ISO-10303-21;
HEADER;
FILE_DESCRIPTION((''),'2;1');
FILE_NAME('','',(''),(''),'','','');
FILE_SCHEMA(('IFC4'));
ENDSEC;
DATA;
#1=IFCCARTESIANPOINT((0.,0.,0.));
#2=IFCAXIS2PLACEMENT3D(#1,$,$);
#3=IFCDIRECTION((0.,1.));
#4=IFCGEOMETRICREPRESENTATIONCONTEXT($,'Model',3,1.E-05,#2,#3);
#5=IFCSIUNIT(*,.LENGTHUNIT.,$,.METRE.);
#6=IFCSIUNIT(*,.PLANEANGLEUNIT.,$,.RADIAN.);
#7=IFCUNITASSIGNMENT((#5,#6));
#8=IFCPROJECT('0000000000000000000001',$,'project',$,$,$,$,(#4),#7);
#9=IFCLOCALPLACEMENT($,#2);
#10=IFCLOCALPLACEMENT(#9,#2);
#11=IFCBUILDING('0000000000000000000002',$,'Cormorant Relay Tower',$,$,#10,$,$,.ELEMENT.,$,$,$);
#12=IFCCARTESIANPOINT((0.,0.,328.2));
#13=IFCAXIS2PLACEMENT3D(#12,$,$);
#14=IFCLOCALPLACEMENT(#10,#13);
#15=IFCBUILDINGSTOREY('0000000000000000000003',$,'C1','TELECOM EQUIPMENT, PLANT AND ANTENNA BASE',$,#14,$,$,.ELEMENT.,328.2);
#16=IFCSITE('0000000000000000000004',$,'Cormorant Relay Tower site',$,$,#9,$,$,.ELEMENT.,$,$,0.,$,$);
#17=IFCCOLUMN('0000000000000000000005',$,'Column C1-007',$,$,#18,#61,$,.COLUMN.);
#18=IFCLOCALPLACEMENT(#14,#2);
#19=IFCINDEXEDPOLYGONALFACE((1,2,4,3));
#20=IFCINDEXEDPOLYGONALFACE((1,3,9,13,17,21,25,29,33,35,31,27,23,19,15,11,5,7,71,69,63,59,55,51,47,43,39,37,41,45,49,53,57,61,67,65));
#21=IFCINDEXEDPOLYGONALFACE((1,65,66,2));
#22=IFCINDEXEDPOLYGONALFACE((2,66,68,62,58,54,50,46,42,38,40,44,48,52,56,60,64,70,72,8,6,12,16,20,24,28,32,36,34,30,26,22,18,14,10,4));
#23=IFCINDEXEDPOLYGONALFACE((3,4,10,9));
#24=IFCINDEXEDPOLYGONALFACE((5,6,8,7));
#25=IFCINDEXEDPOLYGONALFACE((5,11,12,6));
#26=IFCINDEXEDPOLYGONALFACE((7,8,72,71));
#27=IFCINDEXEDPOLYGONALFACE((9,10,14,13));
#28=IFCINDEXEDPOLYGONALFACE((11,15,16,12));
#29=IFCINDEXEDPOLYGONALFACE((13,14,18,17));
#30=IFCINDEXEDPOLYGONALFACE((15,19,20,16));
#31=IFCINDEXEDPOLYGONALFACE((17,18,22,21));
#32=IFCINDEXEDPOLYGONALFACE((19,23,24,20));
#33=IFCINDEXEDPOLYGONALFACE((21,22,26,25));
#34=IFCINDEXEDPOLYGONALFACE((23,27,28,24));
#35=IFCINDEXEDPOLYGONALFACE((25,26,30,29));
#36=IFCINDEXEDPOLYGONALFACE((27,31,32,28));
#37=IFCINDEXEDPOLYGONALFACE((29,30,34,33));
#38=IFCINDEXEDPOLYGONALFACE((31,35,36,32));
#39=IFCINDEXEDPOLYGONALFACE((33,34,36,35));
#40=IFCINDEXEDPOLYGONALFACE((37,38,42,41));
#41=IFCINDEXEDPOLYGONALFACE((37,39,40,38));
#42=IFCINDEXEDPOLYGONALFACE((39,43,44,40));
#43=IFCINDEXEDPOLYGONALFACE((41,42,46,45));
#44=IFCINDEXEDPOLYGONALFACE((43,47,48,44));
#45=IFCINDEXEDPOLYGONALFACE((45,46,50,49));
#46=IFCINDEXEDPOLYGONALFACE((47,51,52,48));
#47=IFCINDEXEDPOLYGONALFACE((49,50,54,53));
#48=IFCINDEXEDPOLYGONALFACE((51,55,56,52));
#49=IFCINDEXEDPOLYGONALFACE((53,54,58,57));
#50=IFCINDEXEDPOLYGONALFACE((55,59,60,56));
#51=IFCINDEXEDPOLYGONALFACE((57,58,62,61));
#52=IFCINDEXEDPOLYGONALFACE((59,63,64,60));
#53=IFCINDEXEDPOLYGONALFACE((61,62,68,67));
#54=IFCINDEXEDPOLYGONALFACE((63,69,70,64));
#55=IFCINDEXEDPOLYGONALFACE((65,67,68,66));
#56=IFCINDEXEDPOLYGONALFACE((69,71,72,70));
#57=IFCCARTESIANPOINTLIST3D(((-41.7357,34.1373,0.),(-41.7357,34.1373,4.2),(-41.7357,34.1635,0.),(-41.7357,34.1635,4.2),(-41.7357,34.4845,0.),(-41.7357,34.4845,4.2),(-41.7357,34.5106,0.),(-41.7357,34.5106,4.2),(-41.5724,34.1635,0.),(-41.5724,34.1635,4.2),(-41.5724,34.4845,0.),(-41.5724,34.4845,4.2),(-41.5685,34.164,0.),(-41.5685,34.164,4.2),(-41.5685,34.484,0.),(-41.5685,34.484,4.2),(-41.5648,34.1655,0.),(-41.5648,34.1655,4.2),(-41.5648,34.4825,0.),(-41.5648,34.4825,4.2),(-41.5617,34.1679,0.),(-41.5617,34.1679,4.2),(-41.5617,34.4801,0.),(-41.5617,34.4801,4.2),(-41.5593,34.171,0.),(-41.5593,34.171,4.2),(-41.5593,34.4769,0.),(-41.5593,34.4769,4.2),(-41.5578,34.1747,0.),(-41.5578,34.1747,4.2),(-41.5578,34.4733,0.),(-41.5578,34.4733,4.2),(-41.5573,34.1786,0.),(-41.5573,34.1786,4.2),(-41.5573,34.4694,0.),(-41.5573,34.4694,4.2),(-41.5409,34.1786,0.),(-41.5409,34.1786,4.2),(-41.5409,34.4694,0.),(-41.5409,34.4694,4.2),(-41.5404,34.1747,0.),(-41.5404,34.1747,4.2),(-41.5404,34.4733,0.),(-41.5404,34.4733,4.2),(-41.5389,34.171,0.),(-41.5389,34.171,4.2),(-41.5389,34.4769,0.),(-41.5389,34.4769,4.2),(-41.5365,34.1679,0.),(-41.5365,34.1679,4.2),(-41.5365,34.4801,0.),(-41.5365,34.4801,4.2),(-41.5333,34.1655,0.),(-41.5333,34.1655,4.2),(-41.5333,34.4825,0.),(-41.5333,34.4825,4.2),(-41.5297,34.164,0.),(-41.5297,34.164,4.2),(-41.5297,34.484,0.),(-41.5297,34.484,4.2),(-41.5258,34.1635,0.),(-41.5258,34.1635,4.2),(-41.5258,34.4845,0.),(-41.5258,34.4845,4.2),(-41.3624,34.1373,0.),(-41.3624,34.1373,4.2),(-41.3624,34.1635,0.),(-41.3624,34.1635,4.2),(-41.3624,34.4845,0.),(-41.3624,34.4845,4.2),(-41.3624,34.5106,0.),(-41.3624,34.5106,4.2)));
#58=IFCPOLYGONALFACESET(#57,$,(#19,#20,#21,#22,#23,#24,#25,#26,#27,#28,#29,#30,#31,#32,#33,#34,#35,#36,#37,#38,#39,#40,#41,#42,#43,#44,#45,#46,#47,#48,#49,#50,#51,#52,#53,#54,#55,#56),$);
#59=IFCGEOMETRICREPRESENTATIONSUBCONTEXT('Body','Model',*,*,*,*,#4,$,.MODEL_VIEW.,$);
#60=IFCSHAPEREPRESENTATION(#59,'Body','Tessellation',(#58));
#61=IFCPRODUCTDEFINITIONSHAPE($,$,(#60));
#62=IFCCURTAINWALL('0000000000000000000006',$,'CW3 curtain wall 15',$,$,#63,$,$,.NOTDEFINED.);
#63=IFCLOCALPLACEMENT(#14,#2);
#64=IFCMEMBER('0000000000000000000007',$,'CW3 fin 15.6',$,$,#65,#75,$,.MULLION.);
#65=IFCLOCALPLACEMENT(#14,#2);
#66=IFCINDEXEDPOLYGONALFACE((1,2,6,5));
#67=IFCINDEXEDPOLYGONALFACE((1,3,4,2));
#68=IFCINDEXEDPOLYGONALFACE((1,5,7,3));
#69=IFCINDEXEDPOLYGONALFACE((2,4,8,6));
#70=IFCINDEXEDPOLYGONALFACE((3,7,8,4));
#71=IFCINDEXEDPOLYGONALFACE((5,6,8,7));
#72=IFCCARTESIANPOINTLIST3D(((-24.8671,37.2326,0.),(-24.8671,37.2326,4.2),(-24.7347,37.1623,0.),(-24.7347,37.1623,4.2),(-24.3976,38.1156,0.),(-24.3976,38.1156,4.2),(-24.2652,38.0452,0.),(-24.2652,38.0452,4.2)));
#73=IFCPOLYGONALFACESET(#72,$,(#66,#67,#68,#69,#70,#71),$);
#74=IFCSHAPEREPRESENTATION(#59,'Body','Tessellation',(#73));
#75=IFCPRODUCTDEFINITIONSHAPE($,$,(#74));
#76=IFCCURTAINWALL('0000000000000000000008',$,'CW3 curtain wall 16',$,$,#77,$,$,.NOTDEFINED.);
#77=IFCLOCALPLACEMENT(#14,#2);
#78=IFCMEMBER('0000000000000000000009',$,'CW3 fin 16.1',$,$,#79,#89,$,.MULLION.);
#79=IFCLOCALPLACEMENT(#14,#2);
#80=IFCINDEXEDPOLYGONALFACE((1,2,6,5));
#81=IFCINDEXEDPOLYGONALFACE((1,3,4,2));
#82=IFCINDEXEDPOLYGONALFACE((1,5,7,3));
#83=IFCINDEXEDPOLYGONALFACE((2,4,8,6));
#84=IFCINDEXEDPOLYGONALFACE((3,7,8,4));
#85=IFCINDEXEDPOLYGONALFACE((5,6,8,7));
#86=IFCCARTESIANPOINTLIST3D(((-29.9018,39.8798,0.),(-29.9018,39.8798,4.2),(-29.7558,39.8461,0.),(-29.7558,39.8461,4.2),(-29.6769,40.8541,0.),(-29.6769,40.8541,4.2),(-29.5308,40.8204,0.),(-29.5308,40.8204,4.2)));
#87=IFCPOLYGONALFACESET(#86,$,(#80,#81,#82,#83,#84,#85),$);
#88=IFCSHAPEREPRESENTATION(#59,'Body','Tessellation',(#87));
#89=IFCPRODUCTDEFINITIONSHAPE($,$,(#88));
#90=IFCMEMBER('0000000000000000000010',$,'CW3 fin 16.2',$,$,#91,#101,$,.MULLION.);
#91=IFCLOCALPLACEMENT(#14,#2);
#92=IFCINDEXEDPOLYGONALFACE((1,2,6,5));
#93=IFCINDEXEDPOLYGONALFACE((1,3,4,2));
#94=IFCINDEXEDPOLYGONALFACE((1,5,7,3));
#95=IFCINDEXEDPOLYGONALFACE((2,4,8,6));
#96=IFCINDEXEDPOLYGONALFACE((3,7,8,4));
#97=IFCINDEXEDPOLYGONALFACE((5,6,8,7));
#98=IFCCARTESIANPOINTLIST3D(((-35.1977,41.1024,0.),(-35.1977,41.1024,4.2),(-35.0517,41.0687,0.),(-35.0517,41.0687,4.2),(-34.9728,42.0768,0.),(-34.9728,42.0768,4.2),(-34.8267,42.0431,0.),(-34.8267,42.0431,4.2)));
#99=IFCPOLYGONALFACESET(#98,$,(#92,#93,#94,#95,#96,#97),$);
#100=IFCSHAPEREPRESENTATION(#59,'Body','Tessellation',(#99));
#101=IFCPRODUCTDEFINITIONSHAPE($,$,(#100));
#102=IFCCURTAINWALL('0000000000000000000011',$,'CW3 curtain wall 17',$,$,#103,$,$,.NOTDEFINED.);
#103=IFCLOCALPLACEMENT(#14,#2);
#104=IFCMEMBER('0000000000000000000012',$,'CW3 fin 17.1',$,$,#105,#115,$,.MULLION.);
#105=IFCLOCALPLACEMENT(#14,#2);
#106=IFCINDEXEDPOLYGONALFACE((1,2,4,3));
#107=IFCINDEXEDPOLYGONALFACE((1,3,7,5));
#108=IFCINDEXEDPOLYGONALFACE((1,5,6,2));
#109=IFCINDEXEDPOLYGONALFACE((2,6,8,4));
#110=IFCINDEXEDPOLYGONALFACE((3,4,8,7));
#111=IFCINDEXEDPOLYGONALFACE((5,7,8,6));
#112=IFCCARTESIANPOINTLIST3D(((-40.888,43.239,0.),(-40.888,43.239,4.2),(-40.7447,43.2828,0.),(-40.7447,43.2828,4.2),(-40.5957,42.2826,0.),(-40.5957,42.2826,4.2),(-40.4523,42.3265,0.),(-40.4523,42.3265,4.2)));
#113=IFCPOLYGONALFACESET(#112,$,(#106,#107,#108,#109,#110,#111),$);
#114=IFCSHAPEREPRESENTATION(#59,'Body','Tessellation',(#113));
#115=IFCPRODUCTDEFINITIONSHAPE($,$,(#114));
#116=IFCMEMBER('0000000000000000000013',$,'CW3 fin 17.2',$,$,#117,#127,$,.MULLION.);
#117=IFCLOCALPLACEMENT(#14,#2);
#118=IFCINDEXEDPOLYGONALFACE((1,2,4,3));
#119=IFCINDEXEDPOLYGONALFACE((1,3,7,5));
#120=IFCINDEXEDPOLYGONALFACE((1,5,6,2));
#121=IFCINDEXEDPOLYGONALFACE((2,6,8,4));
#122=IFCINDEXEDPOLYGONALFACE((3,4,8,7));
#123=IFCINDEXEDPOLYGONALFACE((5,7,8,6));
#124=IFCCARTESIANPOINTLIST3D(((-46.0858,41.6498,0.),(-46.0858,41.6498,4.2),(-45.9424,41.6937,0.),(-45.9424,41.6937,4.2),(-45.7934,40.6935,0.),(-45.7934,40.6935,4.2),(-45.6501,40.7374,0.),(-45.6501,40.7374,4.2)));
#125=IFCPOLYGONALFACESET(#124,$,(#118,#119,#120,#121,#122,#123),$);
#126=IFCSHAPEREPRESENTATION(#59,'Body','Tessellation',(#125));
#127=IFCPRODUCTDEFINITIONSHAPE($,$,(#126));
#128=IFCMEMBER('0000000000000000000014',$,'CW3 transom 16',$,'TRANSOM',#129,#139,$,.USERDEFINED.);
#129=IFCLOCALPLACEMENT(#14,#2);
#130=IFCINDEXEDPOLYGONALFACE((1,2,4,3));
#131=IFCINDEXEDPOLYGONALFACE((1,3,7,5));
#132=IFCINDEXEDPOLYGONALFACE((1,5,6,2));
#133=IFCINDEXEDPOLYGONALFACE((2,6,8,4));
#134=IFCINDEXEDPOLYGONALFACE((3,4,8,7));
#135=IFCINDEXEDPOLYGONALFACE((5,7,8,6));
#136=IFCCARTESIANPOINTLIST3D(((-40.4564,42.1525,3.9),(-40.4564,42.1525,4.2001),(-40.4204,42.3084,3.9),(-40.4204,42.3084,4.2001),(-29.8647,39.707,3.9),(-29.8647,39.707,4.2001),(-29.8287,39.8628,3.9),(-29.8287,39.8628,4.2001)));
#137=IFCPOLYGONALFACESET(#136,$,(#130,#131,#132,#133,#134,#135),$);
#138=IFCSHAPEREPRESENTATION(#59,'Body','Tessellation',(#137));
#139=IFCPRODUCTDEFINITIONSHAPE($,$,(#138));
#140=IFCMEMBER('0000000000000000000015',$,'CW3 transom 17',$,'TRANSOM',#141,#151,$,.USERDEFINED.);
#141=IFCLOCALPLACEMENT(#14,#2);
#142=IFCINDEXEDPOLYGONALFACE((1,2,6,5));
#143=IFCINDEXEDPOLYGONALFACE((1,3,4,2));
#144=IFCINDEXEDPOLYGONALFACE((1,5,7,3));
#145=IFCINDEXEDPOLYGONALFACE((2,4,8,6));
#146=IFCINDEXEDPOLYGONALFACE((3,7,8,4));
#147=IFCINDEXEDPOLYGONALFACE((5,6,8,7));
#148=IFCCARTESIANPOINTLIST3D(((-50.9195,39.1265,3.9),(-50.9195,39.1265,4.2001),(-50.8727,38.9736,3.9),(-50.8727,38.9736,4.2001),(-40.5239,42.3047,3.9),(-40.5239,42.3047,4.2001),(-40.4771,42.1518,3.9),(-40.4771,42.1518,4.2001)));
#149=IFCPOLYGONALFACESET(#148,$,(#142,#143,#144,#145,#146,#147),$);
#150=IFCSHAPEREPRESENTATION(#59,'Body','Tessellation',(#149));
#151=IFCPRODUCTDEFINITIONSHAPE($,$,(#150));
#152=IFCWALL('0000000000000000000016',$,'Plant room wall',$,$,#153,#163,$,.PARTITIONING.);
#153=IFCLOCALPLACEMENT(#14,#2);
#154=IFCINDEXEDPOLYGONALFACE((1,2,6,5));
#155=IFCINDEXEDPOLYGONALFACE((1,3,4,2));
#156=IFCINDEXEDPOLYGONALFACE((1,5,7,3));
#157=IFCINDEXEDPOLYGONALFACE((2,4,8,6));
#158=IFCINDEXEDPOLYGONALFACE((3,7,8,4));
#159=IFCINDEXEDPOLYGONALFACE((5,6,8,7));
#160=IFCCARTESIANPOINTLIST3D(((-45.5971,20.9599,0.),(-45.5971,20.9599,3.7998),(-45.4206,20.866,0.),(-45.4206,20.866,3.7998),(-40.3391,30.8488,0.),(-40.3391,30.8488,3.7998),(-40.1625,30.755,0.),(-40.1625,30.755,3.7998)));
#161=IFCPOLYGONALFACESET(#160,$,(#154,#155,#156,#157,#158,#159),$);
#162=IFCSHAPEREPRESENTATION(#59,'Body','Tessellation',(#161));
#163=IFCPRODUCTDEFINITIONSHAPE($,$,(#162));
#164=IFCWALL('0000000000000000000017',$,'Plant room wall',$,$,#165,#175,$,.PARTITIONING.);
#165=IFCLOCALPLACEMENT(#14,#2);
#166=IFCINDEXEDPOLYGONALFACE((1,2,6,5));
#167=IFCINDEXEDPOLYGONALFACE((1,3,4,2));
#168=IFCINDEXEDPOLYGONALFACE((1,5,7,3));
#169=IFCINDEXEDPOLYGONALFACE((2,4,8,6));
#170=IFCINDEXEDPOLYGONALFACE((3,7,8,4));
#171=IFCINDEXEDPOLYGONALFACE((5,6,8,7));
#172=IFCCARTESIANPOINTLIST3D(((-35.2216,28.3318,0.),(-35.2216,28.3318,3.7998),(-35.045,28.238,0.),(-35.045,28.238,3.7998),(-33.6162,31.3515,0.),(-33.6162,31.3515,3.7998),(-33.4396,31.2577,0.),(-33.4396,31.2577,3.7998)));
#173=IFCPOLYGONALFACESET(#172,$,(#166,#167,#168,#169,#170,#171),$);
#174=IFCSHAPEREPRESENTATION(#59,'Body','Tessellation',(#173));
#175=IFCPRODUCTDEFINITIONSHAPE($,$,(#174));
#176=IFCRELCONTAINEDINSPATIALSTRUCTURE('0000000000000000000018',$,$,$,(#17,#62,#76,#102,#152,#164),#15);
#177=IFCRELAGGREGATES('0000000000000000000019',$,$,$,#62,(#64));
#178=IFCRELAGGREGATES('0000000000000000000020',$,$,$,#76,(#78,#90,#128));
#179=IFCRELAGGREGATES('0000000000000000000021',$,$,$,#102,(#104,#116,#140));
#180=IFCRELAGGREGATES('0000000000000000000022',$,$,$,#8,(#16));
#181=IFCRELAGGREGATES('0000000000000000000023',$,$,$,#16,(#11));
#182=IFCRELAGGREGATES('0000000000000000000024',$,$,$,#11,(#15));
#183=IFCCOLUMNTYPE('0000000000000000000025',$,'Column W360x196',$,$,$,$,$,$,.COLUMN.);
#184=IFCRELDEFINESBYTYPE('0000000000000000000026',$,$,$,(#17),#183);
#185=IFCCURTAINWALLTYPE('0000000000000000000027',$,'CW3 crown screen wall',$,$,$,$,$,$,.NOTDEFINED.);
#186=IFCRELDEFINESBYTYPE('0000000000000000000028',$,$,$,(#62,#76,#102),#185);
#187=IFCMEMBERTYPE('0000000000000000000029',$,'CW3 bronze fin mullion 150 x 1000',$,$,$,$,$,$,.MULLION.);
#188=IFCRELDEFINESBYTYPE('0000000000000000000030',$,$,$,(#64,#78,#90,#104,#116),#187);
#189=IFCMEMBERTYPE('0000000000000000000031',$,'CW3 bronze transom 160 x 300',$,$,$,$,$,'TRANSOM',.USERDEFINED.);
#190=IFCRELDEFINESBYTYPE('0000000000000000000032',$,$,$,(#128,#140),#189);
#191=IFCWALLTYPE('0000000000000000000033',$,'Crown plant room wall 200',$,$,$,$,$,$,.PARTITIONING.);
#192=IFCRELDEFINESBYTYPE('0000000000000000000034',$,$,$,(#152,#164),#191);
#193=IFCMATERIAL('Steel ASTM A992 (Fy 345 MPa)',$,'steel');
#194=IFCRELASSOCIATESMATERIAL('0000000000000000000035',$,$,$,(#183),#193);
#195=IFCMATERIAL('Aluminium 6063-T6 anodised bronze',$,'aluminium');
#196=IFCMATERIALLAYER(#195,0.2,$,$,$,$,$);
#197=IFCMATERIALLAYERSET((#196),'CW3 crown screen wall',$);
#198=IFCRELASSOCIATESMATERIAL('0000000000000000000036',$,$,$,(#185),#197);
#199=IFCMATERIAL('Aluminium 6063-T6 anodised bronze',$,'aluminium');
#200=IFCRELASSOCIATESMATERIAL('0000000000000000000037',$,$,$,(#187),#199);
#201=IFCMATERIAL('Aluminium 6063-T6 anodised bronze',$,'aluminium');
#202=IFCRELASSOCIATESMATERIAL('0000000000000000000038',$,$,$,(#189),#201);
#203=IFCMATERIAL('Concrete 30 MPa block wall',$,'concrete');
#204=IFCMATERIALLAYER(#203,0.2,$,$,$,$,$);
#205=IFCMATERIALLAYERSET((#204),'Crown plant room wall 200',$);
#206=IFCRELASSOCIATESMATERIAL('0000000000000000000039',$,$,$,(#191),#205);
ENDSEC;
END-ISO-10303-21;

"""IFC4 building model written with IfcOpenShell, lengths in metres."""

from ifc_helpers import new_model, si_unit, direction, frame, frame_2d, origin, origin_2d, place, context, subcontext, project, spatial, rectangle, i_section, extrude, material, layer, layer_set, material_profile, profile_set, type_object, element, aggregate, save


model = new_model("IFC4")

# Units and contexts
model_context = context("Model", 3, precision=1e-05, world=origin(), true_north=direction((0.0, 1.0)))
body_context = subcontext(model_context, "Body", "Model", "MODEL_VIEW")
ifc_project = project(units=[si_unit("LENGTHUNIT", "METRE"), si_unit("PLANEANGLEUNIT", "RADIAN")], contexts=[model_context])

# Site, building, storey
site_placement = place(None, origin())
site = spatial("IfcSite", under=ifc_project, at=site_placement, Name="Cormorant Relay Tower site", CompositionType="ELEMENT", RefElevation=0.0)
building_placement = place(site_placement, origin())
building = spatial("IfcBuilding", under=site, at=building_placement, Name="Cormorant Relay Tower", CompositionType="ELEMENT")
storey_placement = place(building_placement, frame((0.0, 0.0, 328.2)))
storey = spatial("IfcBuildingStorey", under=building, at=storey_placement, Name="C1", Description="TELECOM EQUIPMENT, PLANT AND ANTENNA BASE", CompositionType="ELEMENT", Elevation=328.2)

# Column
ifc_material_1 = material(Name="Steel ASTM A992 (Fy 345 MPa)", Category="steel")
ifc_material_profile_1 = material_profile(ifc_material_1, i_section(OverallWidth=0.3733, OverallDepth=0.3733, WebThickness=0.0164, FlangeThickness=0.0261, FilletRadius=0.0151, at=origin_2d()), Name="W360x196")
ifc_profile_set_1 = profile_set([ifc_material_profile_1], Name="Steel ASTM A992 (Fy 345 MPa)")
column_type = type_object("IfcColumnType", Name="Column W360x196", PredefinedType="COLUMN", material=ifc_profile_set_1)
column_placement = place(storey_placement, frame((-41.5491, 34.324, 0.0), z_axis=(0.0, 0.0, 1.0), x_axis=(1.0, 0.0, 0.0)))
element("IfcColumn", 1, at=column_placement, inside=storey, type_object=column_type, Name="Column C1-007", PredefinedType="COLUMN", context=body_context, shape_type="SweptSolid", body=[
    extrude(i_section(OverallWidth=0.3733, OverallDepth=0.3733, WebThickness=0.0164, FlangeThickness=0.0261, FilletRadius=0.0151, at=origin_2d()), origin(), (0.0, 0.0, 1.0), 4.2),
])

# Curtain wall, member
ifc_material_2 = material(Name="Aluminium 6063-T6 anodised bronze", Category="aluminium")
ifc_layer_1 = layer(ifc_material_2, 0.2)
ifc_layer_set_1 = layer_set([ifc_layer_1], Name="CW3 crown screen wall")
curtain_wall_type = type_object("IfcCurtainWallType", Name="CW3 crown screen wall", PredefinedType="NOTDEFINED", material=ifc_layer_set_1)
curtain_wall_1_placement = place(storey_placement, origin())
curtain_wall_1 = element("IfcCurtainWall", 2, at=curtain_wall_1_placement, inside=storey, type_object=curtain_wall_type, Name="CW3 curtain wall 15", PredefinedType="NOTDEFINED")
ifc_material_3 = material(Name="Aluminium 6063-T6 anodised bronze", Category="aluminium")
ifc_material_profile_2 = material_profile(ifc_material_3, rectangle(XDim=0.1499, YDim=1.0, at=origin_2d()), Name="AL 150x1000")
ifc_profile_set_2 = profile_set([ifc_material_profile_2], Name="Aluminium 6063-T6 anodised bronze")
member_type_1 = type_object("IfcMemberType", Name="CW3 bronze fin mullion 150 x 1000", PredefinedType="MULLION", material=ifc_profile_set_2)
member_1_placement = place(storey_placement, frame((-24.5662, 37.6389, 0.0), z_axis=(0.0, 0.0, 1.0), x_axis=(-0.882948, 0.469472, 0.0)))
member_1 = element("IfcMember", 3, at=member_1_placement, type_object=member_type_1, Name="CW3 fin 15.6", PredefinedType="MULLION", context=body_context, shape_type="SweptSolid", body=[
    extrude(rectangle(XDim=0.1499, YDim=1.0, at=origin_2d()), origin(), (0.0, 0.0, 1.0), 4.2),
])

# Curtain walls, members
curtain_wall_2_placement = place(storey_placement, origin())
curtain_wall_2 = element("IfcCurtainWall", 4, at=curtain_wall_2_placement, inside=storey, type_object=curtain_wall_type, Name="CW3 curtain wall 16", PredefinedType="NOTDEFINED")
member_2_placement = place(storey_placement, frame((-29.7163, 40.3501, 0.0), z_axis=(0.0, 0.0, 1.0), x_axis=(-0.97437, 0.224951, 0.0)))
member_2 = element("IfcMember", 5, at=member_2_placement, type_object=member_type_1, Name="CW3 fin 16.1", PredefinedType="MULLION", context=body_context, shape_type="SweptSolid", body=[
    extrude(rectangle(XDim=0.1499, YDim=1.0, at=origin_2d()), origin(), (0.0, 0.0, 1.0), 4.2),
])
member_3_placement = place(storey_placement, frame((-35.0122, 41.5728, 0.0), z_axis=(0.0, 0.0, 1.0), x_axis=(-0.97437, 0.224951, 0.0)))
member_3 = element("IfcMember", 6, at=member_3_placement, type_object=member_type_1, Name="CW3 fin 16.2", PredefinedType="MULLION", context=body_context, shape_type="SweptSolid", body=[
    extrude(rectangle(XDim=0.1499, YDim=1.0, at=origin_2d()), origin(), (0.0, 0.0, 1.0), 4.2),
])
curtain_wall_3_placement = place(storey_placement, origin())
curtain_wall_3 = element("IfcCurtainWall", 7, at=curtain_wall_3_placement, inside=storey, type_object=curtain_wall_type, Name="CW3 curtain wall 17", PredefinedType="NOTDEFINED")
member_4_placement = place(storey_placement, frame((-40.6702, 42.7827, 0.0), z_axis=(0.0, 0.0, 1.0), x_axis=(-0.956305, -0.292372, 0.0)))
member_4 = element("IfcMember", 8, at=member_4_placement, type_object=member_type_1, Name="CW3 fin 17.1", PredefinedType="MULLION", context=body_context, shape_type="SweptSolid", body=[
    extrude(rectangle(XDim=0.1499, YDim=1.0, at=origin_2d()), origin(), (0.0, 0.0, 1.0), 4.2),
])
member_5_placement = place(storey_placement, frame((-45.8679, 41.1936, 0.0), z_axis=(0.0, 0.0, 1.0), x_axis=(-0.956305, -0.292372, 0.0)))
member_5 = element("IfcMember", 9, at=member_5_placement, type_object=member_type_1, Name="CW3 fin 17.2", PredefinedType="MULLION", context=body_context, shape_type="SweptSolid", body=[
    extrude(rectangle(XDim=0.1499, YDim=1.0, at=origin_2d()), origin(), (0.0, 0.0, 1.0), 4.2),
])

# Members
ifc_material_4 = material(Name="Aluminium 6063-T6 anodised bronze", Category="aluminium")
ifc_material_profile_3 = material_profile(ifc_material_4, rectangle(XDim=0.1599, YDim=0.3, at=origin_2d()), Name="AL 160x300")
ifc_profile_set_3 = profile_set([ifc_material_profile_3], Name="Aluminium 6063-T6 anodised bronze")
member_type_2 = type_object("IfcMemberType", Name="CW3 bronze transom 160 x 300", ElementType="TRANSOM", PredefinedType="USERDEFINED", material=ifc_profile_set_3)
member_6_placement = place(storey_placement, frame((-29.8467, 39.7849, 4.05), z_axis=(-0.974365, 0.224973, 0.0), x_axis=(-0.224973, -0.974365, 0.0)))
member_6 = element("IfcMember", 10, at=member_6_placement, type_object=member_type_2, Name="CW3 transom 16", ObjectType="TRANSOM", PredefinedType="USERDEFINED", context=body_context, shape_type="SweptSolid", body=[
    extrude(rectangle(XDim=0.1599, YDim=0.3, at=origin_2d()), origin(), (0.0, 0.0, 1.0), 10.8704),
])
member_7_placement = place(storey_placement, frame((-40.5005, 42.2283, 4.05), z_axis=(-0.956305, -0.292371, 0.0), x_axis=(0.292371, -0.956305, 0.0)))
member_7 = element("IfcMember", 11, at=member_7_placement, type_object=member_type_2, Name="CW3 transom 17", ObjectType="TRANSOM", PredefinedType="USERDEFINED", context=body_context, shape_type="SweptSolid", body=[
    extrude(rectangle(XDim=0.1599, YDim=0.3, at=origin_2d()), origin(), (0.0, 0.0, 1.0), 10.8706),
])

# Walls
ifc_material_5 = material(Name="Concrete 30 MPa block wall", Category="concrete")
ifc_layer_2 = layer(ifc_material_5, 0.2)
ifc_layer_set_2 = layer_set([ifc_layer_2], Name="Crown plant room wall 200")
wall_type_1 = type_object("IfcWallType", Name="Crown plant room wall 200", PredefinedType="PARTITIONING", material=ifc_layer_set_2)
wall_1_placement = place(storey_placement, frame((-40.2507, 30.802, 0.0), z_axis=(0.0, 0.0, 1.0), x_axis=(-0.469473, -0.882947, 0.0)))
element("IfcWall", 12, at=wall_1_placement, inside=storey, type_object=wall_type_1, Name="Plant room wall", PredefinedType="PARTITIONING", context=body_context, shape_type="SweptSolid", body=[
    extrude(rectangle(XDim=11.2, YDim=0.2, at=frame_2d((5.6001, 0.0))), origin(), (0.0, 0.0, 1.0), 3.7998),
])
wall_2_placement = place(storey_placement, frame((-35.1333, 28.2849, 0.0), z_axis=(0.0, 0.0, 1.0), x_axis=(0.469432, 0.882969, 0.0)))
element("IfcWall", 13, at=wall_2_placement, inside=storey, type_object=wall_type_1, Name="Plant room wall", PredefinedType="PARTITIONING", context=body_context, shape_type="SweptSolid", body=[
    extrude(rectangle(XDim=3.4199, YDim=0.2, at=frame_2d((1.71, 0.0))), origin(), (0.0, 0.0, 1.0), 3.7998),
])

aggregate(curtain_wall_1, [member_1])
aggregate(curtain_wall_2, [member_2, member_3, member_6])
aggregate(curtain_wall_3, [member_4, member_5, member_7])

save(model, "model.ifc")
